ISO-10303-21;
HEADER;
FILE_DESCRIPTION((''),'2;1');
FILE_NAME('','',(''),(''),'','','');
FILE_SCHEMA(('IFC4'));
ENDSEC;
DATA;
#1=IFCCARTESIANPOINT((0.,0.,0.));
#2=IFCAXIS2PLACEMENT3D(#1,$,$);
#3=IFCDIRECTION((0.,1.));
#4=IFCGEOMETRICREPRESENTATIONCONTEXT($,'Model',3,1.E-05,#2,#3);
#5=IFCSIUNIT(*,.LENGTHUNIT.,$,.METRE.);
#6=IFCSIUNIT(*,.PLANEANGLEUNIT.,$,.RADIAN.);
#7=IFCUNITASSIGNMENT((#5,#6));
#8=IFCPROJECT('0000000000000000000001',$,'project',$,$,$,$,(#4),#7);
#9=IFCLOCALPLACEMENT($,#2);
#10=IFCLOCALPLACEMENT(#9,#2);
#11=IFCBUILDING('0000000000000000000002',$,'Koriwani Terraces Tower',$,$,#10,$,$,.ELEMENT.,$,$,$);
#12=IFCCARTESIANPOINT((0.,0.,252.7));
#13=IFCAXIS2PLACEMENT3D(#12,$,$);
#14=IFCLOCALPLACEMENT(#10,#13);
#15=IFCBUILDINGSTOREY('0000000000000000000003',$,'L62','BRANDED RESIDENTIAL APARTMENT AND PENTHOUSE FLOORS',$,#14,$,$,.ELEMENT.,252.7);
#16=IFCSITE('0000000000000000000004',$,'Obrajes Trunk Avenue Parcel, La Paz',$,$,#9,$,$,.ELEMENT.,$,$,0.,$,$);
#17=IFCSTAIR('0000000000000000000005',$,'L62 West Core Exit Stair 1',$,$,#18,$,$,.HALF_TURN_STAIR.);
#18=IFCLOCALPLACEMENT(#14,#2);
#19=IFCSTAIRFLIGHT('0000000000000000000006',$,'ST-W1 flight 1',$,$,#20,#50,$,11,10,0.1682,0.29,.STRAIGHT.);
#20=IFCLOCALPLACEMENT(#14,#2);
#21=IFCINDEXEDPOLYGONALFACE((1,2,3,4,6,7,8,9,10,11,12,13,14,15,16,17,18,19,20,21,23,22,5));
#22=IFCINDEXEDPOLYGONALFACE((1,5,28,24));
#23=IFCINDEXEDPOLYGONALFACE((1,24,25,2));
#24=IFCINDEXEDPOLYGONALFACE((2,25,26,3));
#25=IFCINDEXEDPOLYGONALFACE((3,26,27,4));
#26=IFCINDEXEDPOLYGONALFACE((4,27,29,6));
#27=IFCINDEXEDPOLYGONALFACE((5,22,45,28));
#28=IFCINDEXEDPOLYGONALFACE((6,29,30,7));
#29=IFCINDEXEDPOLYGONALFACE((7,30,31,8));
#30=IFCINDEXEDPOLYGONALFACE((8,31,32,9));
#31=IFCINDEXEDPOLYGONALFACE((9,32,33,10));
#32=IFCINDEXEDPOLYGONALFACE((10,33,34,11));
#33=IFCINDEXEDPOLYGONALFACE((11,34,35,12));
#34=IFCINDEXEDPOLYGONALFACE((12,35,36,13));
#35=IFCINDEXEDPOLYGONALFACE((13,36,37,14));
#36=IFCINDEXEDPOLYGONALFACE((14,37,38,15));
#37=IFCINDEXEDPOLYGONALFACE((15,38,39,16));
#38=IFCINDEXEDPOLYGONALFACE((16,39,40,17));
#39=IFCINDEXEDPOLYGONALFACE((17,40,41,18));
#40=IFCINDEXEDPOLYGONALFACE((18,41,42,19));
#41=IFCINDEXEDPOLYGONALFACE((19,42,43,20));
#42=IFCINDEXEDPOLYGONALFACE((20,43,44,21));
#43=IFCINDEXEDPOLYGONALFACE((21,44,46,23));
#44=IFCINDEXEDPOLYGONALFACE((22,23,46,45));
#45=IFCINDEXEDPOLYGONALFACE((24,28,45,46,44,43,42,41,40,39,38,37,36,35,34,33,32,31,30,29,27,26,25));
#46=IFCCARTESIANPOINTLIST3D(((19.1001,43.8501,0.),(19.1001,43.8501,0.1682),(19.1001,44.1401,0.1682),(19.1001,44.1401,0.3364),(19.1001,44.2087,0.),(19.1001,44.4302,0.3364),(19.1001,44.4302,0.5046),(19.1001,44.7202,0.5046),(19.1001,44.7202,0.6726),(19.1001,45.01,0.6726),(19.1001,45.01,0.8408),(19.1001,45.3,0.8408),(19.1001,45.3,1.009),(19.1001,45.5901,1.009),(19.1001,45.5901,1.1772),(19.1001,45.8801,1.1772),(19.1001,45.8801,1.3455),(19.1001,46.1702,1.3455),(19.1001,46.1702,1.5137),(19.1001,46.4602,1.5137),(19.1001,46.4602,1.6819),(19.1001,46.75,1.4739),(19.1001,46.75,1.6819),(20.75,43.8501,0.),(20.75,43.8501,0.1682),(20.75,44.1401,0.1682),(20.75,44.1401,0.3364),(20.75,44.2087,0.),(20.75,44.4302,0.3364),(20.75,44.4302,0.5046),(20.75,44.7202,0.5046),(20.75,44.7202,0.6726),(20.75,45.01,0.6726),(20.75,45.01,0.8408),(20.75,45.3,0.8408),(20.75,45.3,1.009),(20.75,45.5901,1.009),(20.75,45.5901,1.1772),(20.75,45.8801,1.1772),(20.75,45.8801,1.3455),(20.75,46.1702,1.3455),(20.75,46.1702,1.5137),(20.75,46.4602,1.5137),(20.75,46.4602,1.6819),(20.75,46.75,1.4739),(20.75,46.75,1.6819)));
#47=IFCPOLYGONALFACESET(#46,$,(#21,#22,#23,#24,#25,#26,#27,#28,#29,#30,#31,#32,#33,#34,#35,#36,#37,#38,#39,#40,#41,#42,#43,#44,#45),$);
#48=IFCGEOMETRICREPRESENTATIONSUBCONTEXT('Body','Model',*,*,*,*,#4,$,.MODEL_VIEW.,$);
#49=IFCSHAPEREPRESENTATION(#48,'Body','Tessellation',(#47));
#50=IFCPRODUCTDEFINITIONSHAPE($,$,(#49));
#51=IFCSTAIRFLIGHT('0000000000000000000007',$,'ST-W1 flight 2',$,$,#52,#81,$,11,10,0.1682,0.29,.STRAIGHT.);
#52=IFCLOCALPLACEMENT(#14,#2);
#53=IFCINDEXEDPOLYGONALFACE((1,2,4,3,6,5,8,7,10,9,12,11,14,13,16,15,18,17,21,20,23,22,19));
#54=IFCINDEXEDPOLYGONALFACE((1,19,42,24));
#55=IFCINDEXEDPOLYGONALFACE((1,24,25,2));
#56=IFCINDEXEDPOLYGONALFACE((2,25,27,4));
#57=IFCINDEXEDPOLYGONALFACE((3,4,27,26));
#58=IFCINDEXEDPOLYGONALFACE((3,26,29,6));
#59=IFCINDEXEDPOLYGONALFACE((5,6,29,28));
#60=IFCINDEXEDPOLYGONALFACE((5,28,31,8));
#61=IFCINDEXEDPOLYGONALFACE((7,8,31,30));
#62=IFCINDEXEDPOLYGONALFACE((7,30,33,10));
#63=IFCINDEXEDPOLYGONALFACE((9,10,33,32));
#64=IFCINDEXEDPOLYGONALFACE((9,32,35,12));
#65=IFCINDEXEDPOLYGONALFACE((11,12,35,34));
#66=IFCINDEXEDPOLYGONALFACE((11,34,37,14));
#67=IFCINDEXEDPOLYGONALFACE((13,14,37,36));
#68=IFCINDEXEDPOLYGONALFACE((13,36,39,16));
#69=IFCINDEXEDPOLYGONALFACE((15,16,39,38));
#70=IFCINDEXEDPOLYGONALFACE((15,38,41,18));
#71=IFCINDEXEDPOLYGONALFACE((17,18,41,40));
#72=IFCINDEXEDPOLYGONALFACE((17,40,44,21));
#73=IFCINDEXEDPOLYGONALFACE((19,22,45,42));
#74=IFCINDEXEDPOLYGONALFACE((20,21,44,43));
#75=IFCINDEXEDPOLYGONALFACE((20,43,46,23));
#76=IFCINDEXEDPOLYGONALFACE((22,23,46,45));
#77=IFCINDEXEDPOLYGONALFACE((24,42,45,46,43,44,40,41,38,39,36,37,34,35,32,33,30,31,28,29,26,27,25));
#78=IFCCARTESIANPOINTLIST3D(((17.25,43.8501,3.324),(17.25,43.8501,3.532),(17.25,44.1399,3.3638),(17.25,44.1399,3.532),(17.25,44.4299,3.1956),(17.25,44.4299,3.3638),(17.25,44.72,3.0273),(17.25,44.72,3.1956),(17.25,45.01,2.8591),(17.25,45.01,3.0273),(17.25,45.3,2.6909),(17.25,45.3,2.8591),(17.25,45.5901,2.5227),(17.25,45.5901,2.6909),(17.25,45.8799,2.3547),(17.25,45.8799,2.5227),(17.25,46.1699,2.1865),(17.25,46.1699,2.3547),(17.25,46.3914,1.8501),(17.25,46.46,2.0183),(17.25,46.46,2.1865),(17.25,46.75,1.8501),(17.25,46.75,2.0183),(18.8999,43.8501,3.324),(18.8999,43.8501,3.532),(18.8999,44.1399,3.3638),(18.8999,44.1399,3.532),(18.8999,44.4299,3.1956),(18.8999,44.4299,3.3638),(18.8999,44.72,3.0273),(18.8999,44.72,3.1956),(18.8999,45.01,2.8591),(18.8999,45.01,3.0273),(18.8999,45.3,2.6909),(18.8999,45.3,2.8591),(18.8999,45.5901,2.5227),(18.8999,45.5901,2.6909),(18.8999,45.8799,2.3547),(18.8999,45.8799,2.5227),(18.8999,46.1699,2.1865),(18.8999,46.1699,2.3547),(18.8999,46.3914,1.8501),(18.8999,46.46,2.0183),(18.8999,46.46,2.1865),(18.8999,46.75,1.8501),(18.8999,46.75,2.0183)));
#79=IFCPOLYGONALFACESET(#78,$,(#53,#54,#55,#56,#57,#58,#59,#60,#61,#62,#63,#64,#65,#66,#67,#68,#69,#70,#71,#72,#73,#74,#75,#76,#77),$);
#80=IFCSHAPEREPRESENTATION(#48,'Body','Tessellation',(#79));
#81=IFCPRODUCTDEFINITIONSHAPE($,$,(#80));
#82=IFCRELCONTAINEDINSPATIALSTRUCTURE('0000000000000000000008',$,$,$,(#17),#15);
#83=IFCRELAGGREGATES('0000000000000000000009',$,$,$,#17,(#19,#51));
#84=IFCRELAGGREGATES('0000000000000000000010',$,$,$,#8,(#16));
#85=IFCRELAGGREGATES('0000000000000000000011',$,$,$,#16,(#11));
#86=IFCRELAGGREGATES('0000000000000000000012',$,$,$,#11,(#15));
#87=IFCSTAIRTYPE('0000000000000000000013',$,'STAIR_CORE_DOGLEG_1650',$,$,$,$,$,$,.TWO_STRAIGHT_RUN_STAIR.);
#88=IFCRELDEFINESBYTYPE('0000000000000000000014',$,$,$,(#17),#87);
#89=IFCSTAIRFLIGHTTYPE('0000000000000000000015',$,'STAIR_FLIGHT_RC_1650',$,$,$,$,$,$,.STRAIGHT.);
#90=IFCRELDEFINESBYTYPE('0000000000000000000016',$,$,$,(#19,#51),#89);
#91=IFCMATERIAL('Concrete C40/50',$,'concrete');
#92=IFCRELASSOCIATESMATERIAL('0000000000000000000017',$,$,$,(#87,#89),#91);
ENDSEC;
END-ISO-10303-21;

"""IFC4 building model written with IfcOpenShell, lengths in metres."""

from ifc_helpers import new_model, si_unit, direction, frame, origin, place, context, subcontext, project, spatial, polyline, outline, extrude, material, type_object, element, aggregate, save


model = new_model("IFC4")

# Units and contexts
model_context = context("Model", 3, precision=1e-05, world=origin(), true_north=direction((0.0, 1.0)))
body_context = subcontext(model_context, "Body", "Model", "MODEL_VIEW")
ifc_project = project(units=[si_unit("LENGTHUNIT", "METRE"), si_unit("PLANEANGLEUNIT", "RADIAN")], contexts=[model_context])

# Site, building, storey
site_placement = place(None, origin())
site = spatial("IfcSite", under=ifc_project, at=site_placement, Name="Obrajes Trunk Avenue Parcel, La Paz", CompositionType="ELEMENT", RefElevation=0.0)
building_placement = place(site_placement, origin())
building = spatial("IfcBuilding", under=site, at=building_placement, Name="Koriwani Terraces Tower", CompositionType="ELEMENT")
storey_placement = place(building_placement, frame((0.0, 0.0, 252.7)))
storey = spatial("IfcBuildingStorey", under=building, at=storey_placement, Name="L62", Description="BRANDED RESIDENTIAL APARTMENT AND PENTHOUSE FLOORS", CompositionType="ELEMENT", Elevation=252.7)

# Shared definitions
ifc_material_1 = material(Name="Concrete C40/50", Category="concrete")

# Stair, stair flights
stair_type = type_object("IfcStairType", Name="STAIR_CORE_DOGLEG_1650", PredefinedType="TWO_STRAIGHT_RUN_STAIR", material=ifc_material_1)
stair_placement = place(storey_placement, origin())
stair = element("IfcStair", 1, at=stair_placement, inside=storey, type_object=stair_type, Name="L62 West Core Exit Stair 1", PredefinedType="HALF_TURN_STAIR")
stair_flight_type = type_object("IfcStairFlightType", Name="STAIR_FLIGHT_RC_1650", PredefinedType="STRAIGHT", material=ifc_material_1)
stair_flight_1_placement = place(storey_placement, frame((19.925, 43.8501, 0.0), z_axis=(0.0, 0.0, 1.0), x_axis=(0.0, 1.0, 0.0)))
stair_flight_1 = element("IfcStairFlight", 2, at=stair_flight_1_placement, type_object=stair_flight_type, Name="ST-W1 flight 1", NumberOfRisers=11, NumberOfTreads=10, PredefinedType="STRAIGHT", RiserHeight=0.1682, TreadLength=0.29, context=body_context, shape_type="SweptSolid", body=[
    extrude(outline(polyline([(0.0, 0.0), (0.0, 0.1682), (0.29, 0.1682), (0.29, 0.3364), (0.5801, 0.3364), (0.5801, 0.5046), (0.8701, 0.5046), (0.8701, 0.6726), (1.1599, 0.6726), (1.1599, 0.8408), (1.45, 0.8408), (1.45, 1.009), (1.74, 1.009), (1.74, 1.1772), (2.03, 1.1772), (2.03, 1.3455), (2.3201, 1.3455), (2.3201, 1.5137), (2.6101, 1.5137), (2.6101, 1.6819), (2.8999, 1.6819), (2.8999, 1.8501), (2.8999, 1.4739), (0.3586, 0.0), (0.0, 0.0)])), frame((0.0, 0.825, 0.0), z_axis=(0.0, -1.0, 0.0), x_axis=(1.0, 0.0, 0.0)), (0.0, 0.0, 1.0), 1.6499),
])
stair_flight_2_placement = place(storey_placement, frame((18.075, 46.75, 1.8501), z_axis=(0.0, 0.0, 1.0), x_axis=(0.0, -1.0, 0.0)))
stair_flight_2 = element("IfcStairFlight", 3, at=stair_flight_2_placement, type_object=stair_flight_type, Name="ST-W1 flight 2", NumberOfRisers=11, NumberOfTreads=10, PredefinedType="STRAIGHT", RiserHeight=0.1682, TreadLength=0.29, context=body_context, shape_type="SweptSolid", body=[
    extrude(outline(polyline([(0.0, 0.0), (0.0, 0.1682), (0.29, 0.1682), (0.29, 0.3364), (0.5801, 0.3364), (0.5801, 0.5046), (0.8701, 0.5046), (0.8701, 0.6726), (1.1599, 0.6726), (1.1599, 0.8408), (1.45, 0.8408), (1.45, 1.009), (1.74, 1.009), (1.74, 1.1772), (2.03, 1.1772), (2.03, 1.3455), (2.3201, 1.3455), (2.3201, 1.5137), (2.6101, 1.5137), (2.6101, 1.6819), (2.8999, 1.6819), (2.8999, 1.8501), (2.8999, 1.4739), (0.3586, 0.0), (0.0, 0.0)])), frame((0.0, 0.825, 0.0), z_axis=(0.0, -1.0, 0.0), x_axis=(1.0, 0.0, 0.0)), (0.0, 0.0, 1.0), 1.6499),
])
aggregate(stair, [stair_flight_1, stair_flight_2])

save(model, "model.ifc")
